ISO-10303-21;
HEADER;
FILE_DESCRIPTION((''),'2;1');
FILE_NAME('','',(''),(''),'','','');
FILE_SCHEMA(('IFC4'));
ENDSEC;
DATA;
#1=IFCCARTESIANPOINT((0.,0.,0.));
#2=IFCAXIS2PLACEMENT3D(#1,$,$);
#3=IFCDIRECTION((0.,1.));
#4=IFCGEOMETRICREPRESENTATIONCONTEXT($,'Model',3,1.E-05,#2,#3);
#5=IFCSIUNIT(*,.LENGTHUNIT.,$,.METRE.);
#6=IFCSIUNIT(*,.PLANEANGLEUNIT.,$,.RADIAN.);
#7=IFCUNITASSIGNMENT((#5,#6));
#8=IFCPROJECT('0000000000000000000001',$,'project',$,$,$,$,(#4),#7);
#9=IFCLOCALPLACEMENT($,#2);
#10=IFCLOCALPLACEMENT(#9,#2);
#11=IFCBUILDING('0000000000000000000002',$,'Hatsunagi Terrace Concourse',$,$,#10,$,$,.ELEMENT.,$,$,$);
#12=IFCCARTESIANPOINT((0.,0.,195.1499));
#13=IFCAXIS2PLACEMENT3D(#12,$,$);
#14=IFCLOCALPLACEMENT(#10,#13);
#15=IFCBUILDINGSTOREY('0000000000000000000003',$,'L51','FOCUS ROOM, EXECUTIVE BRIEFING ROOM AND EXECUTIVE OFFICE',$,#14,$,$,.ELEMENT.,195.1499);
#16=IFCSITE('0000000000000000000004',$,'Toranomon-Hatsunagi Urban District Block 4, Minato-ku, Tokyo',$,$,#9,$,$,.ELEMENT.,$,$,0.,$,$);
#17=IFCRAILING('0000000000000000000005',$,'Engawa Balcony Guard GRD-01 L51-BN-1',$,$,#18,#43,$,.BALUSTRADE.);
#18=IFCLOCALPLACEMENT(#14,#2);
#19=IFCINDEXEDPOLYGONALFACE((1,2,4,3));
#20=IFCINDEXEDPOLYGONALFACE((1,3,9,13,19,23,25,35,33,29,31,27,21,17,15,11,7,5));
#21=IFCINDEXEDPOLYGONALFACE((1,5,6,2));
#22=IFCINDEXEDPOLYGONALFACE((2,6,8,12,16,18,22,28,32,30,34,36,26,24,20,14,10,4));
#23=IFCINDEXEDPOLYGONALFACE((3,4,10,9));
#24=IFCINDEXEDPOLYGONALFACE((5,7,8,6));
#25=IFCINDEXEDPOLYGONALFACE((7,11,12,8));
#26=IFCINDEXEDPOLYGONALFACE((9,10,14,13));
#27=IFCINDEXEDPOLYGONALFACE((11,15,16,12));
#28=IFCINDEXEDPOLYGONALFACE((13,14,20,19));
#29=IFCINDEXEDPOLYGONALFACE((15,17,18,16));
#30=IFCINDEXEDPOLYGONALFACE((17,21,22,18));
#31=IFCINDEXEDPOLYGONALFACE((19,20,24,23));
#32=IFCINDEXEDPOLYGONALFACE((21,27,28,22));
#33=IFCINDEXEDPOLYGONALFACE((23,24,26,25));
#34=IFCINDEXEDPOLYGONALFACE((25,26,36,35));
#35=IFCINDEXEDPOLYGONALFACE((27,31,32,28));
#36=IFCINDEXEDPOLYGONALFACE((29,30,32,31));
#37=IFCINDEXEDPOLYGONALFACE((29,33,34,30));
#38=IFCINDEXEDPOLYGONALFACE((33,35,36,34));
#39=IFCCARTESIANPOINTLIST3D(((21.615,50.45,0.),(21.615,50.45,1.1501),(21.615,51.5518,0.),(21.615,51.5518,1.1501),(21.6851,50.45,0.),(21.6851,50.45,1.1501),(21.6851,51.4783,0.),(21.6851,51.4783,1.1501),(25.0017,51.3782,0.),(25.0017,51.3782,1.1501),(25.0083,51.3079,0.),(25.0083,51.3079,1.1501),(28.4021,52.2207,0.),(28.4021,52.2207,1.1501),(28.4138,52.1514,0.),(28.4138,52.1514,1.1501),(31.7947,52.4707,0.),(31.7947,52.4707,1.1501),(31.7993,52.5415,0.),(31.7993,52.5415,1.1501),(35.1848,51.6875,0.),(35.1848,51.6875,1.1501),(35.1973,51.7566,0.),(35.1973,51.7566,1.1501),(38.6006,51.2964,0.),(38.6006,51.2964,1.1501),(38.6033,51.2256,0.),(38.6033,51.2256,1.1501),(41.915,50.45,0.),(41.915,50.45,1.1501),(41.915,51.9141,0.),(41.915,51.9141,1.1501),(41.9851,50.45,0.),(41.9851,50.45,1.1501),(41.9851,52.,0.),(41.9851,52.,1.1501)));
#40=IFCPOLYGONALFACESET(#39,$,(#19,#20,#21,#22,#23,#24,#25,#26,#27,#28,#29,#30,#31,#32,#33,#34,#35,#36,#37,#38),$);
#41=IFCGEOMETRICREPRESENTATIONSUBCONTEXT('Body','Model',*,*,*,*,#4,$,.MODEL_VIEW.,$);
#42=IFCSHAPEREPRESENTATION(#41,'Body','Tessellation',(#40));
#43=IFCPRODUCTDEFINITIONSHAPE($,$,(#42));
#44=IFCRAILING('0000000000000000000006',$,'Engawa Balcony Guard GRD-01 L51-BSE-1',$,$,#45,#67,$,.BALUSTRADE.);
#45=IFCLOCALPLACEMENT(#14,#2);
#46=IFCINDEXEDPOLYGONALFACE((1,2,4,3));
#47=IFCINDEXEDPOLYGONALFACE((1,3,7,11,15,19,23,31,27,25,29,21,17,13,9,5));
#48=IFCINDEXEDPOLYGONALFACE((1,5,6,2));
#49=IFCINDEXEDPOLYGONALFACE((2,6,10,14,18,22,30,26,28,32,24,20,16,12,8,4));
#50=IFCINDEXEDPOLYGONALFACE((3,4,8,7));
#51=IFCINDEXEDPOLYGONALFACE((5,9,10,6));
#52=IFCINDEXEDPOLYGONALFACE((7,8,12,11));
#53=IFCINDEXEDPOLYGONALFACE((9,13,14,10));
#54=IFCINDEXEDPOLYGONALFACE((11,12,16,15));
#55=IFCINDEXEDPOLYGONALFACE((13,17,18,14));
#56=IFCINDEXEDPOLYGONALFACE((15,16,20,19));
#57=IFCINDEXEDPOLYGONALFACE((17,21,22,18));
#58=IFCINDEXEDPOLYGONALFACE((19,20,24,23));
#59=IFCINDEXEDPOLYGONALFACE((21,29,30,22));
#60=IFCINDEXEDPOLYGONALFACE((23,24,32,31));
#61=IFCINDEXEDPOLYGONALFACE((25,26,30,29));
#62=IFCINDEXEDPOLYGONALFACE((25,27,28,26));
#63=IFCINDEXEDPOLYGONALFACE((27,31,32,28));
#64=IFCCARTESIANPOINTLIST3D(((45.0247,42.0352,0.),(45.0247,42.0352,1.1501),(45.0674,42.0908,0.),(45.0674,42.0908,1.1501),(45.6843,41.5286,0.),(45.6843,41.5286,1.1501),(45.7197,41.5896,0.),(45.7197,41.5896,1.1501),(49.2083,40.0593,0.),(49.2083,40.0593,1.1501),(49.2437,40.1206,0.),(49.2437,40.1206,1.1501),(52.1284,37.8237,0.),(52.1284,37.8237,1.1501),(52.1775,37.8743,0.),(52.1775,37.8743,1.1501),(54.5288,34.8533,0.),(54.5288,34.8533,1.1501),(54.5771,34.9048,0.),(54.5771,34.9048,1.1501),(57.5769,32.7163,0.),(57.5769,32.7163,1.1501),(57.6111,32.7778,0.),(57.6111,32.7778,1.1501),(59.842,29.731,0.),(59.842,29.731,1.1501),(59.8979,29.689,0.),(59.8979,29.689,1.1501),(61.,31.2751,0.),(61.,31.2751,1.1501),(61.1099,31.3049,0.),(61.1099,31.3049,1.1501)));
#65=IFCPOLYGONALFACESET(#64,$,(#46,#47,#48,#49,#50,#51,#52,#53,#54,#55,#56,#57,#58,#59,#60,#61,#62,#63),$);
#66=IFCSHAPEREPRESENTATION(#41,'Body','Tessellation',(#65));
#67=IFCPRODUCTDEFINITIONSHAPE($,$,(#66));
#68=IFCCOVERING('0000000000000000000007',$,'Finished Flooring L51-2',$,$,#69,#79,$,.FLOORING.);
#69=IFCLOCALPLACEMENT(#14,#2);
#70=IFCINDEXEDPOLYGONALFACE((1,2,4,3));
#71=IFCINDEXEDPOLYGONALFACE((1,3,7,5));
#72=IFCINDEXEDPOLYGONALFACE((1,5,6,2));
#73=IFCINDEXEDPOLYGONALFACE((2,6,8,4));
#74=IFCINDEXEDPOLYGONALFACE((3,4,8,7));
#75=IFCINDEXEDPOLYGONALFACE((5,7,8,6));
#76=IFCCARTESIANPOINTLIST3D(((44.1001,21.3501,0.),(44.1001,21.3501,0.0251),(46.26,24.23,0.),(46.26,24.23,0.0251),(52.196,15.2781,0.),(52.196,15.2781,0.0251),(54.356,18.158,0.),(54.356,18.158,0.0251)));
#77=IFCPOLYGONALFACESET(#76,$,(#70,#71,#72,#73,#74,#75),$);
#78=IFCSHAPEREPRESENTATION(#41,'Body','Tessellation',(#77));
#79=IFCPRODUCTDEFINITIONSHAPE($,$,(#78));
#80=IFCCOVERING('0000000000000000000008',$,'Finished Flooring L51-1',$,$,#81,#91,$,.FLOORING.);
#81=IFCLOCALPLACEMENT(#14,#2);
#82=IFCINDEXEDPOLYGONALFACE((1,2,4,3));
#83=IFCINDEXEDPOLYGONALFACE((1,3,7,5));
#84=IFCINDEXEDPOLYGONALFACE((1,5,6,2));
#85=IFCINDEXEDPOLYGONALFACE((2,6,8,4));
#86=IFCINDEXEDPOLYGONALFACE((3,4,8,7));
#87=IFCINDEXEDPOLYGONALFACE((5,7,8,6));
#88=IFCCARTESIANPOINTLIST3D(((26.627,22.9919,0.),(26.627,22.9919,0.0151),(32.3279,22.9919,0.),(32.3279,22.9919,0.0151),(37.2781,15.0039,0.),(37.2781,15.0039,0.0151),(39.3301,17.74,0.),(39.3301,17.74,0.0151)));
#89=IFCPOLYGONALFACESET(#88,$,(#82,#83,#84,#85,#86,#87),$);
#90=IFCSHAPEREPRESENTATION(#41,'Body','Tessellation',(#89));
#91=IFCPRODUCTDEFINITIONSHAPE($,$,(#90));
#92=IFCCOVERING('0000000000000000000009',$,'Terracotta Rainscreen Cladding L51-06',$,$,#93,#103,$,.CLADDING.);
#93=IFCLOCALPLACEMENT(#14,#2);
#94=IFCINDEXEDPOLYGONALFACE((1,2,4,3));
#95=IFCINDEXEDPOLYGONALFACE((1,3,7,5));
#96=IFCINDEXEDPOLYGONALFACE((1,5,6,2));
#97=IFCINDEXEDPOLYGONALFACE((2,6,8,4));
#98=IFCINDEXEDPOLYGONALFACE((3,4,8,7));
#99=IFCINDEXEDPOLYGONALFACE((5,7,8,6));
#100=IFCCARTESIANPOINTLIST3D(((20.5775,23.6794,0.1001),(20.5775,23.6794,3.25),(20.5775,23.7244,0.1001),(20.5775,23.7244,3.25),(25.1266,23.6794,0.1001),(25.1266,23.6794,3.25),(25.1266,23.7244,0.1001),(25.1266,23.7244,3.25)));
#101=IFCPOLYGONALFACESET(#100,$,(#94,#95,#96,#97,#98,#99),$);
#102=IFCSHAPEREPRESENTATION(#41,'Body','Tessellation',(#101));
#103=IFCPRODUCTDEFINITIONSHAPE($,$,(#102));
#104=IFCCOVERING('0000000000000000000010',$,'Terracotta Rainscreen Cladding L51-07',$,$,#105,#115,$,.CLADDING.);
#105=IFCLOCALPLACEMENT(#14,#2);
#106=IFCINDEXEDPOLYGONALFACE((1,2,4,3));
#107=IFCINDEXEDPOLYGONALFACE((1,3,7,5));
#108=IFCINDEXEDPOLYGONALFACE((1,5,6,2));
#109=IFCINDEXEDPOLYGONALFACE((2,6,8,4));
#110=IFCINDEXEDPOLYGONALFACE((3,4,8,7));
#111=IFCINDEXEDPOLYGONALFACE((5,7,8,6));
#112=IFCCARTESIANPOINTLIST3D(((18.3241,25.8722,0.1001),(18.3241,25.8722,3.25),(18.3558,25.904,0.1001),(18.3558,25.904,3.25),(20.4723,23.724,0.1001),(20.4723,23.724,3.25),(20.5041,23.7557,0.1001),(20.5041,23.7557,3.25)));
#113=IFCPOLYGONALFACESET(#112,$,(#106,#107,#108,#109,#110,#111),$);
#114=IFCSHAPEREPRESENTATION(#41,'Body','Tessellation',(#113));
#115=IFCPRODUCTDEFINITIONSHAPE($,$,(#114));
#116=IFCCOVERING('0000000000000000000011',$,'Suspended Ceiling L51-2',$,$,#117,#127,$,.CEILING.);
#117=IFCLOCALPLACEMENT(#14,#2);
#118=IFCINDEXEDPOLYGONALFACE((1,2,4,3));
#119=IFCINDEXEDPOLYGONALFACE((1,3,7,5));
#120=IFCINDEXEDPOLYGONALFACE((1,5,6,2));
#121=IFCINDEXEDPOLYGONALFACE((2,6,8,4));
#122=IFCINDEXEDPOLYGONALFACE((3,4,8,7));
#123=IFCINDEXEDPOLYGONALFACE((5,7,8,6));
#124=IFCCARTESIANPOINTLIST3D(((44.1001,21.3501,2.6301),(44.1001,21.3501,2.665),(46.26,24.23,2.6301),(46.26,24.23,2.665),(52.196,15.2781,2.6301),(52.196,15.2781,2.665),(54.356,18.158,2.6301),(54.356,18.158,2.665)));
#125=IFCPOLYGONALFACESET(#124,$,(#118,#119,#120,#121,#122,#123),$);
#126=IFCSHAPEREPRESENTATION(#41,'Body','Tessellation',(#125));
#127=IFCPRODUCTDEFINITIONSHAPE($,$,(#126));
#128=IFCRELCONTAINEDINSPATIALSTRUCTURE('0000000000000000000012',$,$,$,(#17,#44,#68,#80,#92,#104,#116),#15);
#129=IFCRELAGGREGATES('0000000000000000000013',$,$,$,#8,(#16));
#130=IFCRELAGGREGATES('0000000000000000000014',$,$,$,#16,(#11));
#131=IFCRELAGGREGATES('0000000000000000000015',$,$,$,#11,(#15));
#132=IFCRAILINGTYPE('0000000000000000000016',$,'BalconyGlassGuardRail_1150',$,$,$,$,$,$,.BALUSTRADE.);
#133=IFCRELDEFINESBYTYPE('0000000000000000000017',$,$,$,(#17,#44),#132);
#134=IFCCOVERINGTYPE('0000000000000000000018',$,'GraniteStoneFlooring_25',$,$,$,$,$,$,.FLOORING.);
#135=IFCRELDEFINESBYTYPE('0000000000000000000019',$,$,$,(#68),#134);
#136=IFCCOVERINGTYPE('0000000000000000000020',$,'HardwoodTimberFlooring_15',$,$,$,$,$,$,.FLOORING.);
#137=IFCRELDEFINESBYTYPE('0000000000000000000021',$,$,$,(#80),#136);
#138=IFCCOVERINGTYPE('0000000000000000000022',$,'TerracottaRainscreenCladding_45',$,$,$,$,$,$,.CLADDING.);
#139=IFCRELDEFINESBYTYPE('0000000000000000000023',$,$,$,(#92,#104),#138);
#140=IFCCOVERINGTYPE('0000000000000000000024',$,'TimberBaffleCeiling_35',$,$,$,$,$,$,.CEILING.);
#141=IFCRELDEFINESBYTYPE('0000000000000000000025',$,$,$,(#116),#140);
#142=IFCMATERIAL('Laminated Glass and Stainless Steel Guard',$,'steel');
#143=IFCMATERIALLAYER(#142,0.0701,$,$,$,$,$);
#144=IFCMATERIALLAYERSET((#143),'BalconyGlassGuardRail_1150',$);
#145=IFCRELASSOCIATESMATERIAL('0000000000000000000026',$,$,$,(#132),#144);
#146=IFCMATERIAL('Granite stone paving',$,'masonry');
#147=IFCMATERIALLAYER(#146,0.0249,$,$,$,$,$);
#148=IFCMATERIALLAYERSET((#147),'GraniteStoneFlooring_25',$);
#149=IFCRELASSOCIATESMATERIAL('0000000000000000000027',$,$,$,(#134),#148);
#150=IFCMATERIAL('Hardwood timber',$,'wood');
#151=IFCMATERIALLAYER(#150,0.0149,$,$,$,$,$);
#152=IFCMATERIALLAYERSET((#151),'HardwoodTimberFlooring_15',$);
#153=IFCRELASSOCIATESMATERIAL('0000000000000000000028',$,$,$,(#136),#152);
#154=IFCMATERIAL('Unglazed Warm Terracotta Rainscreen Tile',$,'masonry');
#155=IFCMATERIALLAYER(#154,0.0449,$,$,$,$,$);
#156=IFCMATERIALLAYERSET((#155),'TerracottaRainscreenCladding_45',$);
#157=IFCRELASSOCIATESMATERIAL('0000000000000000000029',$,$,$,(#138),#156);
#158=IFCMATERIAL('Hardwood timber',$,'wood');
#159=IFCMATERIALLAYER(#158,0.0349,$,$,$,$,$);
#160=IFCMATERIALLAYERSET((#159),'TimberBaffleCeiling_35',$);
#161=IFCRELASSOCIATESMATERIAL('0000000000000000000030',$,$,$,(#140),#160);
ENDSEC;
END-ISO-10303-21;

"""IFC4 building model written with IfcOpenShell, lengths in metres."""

from ifc_helpers import new_model, si_unit, direction, frame, origin, origin_2d, place, context, subcontext, project, spatial, polyline, rectangle, outline, extrude, material, layer, layer_set, type_object, element, save


model = new_model("IFC4")

# Units and contexts
model_context = context("Model", 3, precision=1e-05, world=origin(), true_north=direction((0.0, 1.0)))
body_context = subcontext(model_context, "Body", "Model", "MODEL_VIEW")
ifc_project = project(units=[si_unit("LENGTHUNIT", "METRE"), si_unit("PLANEANGLEUNIT", "RADIAN")], contexts=[model_context])

# Site, building, storey
site_placement = place(None, origin())
site = spatial("IfcSite", under=ifc_project, at=site_placement, Name="Toranomon-Hatsunagi Urban District Block 4, Minato-ku, Tokyo", CompositionType="ELEMENT", RefElevation=0.0)
building_placement = place(site_placement, origin())
building = spatial("IfcBuilding", under=site, at=building_placement, Name="Hatsunagi Terrace Concourse", CompositionType="ELEMENT")
storey_placement = place(building_placement, frame((0.0, 0.0, 195.1499)))
storey = spatial("IfcBuildingStorey", under=building, at=storey_placement, Name="L51", Description="FOCUS ROOM, EXECUTIVE BRIEFING ROOM AND EXECUTIVE OFFICE", CompositionType="ELEMENT", Elevation=195.1499)

# Railings
ifc_material_1 = material(Name="Laminated Glass and Stainless Steel Guard", Category="steel")
ifc_layer_1 = layer(ifc_material_1, 0.0701)
ifc_layer_set_1 = layer_set([ifc_layer_1], Name="BalconyGlassGuardRail_1150")
railing_type = type_object("IfcRailingType", Name="BalconyGlassGuardRail_1150", PredefinedType="BALUSTRADE", material=ifc_layer_set_1)
railing_1_placement = place(storey_placement, origin())
element("IfcRailing", 1, at=railing_1_placement, inside=storey, type_object=railing_type, Name="Engawa Balcony Guard GRD-01 L51-BN-1", PredefinedType="BALUSTRADE", context=body_context, shape_type="SweptSolid", body=[
    extrude(outline(polyline([(21.615, 50.45), (21.6851, 50.45), (21.6851, 51.4783), (25.0083, 51.3079), (28.4138, 52.1514), (31.7947, 52.4707), (35.1848, 51.6875), (38.6033, 51.2256), (41.915, 51.9141), (41.915, 50.45), (41.9851, 50.45), (41.9851, 52.0), (38.6006, 51.2964), (35.1973, 51.7566), (31.7993, 52.5415), (28.4021, 52.2207), (25.0017, 51.3782), (21.615, 51.5518), (21.615, 50.45)])), origin(), (0.0, 0.0, 1.0), 1.1501),
])
railing_2_placement = place(storey_placement, origin())
element("IfcRailing", 2, at=railing_2_placement, inside=storey, type_object=railing_type, Name="Engawa Balcony Guard GRD-01 L51-BSE-1", PredefinedType="BALUSTRADE", context=body_context, shape_type="SweptSolid", body=[
    extrude(outline(polyline([(45.0674, 42.0908), (45.0247, 42.0352), (45.6843, 41.5286), (49.2083, 40.0593), (52.1284, 37.8237), (54.5288, 34.8533), (57.5769, 32.7163), (61.0, 31.2751), (59.842, 29.731), (59.8979, 29.689), (61.1099, 31.3049), (57.6111, 32.7778), (54.5771, 34.9048), (52.1775, 37.8743), (49.2437, 40.1206), (45.7197, 41.5896), (45.0674, 42.0908)])), origin(), (0.0, 0.0, 1.0), 1.1501),
])

# Coverings
ifc_material_2 = material(Name="Granite stone paving", Category="masonry")
ifc_layer_2 = layer(ifc_material_2, 0.0249)
ifc_layer_set_2 = layer_set([ifc_layer_2], Name="GraniteStoneFlooring_25")
covering_type_1 = type_object("IfcCoveringType", Name="GraniteStoneFlooring_25", PredefinedType="FLOORING", material=ifc_layer_set_2)
covering_1_placement = place(storey_placement, origin())
element("IfcCovering", 3, at=covering_1_placement, inside=storey, type_object=covering_type_1, Name="Finished Flooring L51-2", PredefinedType="FLOORING", context=body_context, shape_type="SweptSolid", body=[
    extrude(outline(polyline([(54.356, 18.158), (46.26, 24.23), (44.1001, 21.3501), (52.196, 15.2781), (54.356, 18.158)])), origin(), (0.0, 0.0, 1.0), 0.0251),
])
ifc_material_3 = material(Name="Hardwood timber", Category="wood")
ifc_layer_3 = layer(ifc_material_3, 0.0149)
ifc_layer_set_3 = layer_set([ifc_layer_3], Name="HardwoodTimberFlooring_15")
covering_type_2 = type_object("IfcCoveringType", Name="HardwoodTimberFlooring_15", PredefinedType="FLOORING", material=ifc_layer_set_3)
covering_2_placement = place(storey_placement, origin())
element("IfcCovering", 4, at=covering_2_placement, inside=storey, type_object=covering_type_2, Name="Finished Flooring L51-1", PredefinedType="FLOORING", context=body_context, shape_type="SweptSolid", body=[
    extrude(outline(polyline([(26.627, 22.9919), (37.2781, 15.0039), (39.3301, 17.74), (32.3279, 22.9919), (26.627, 22.9919)])), origin(), (0.0, 0.0, 1.0), 0.0151),
])
ifc_material_4 = material(Name="Unglazed Warm Terracotta Rainscreen Tile", Category="masonry")
ifc_layer_4 = layer(ifc_material_4, 0.0449)
ifc_layer_set_4 = layer_set([ifc_layer_4], Name="TerracottaRainscreenCladding_45")
covering_type_3 = type_object("IfcCoveringType", Name="TerracottaRainscreenCladding_45", PredefinedType="CLADDING", material=ifc_layer_set_4)
covering_3_placement = place(storey_placement, frame((22.8521, 23.7019, 0.1001), z_axis=(0.0, 0.0, 1.0), x_axis=(-1.0, 0.0, 0.0)))
element("IfcCovering", 5, at=covering_3_placement, inside=storey, type_object=covering_type_3, Name="Terracotta Rainscreen Cladding L51-06", PredefinedType="CLADDING", context=body_context, shape_type="SweptSolid", body=[
    extrude(rectangle(XDim=4.5491, YDim=0.0449, at=origin_2d()), origin(), (0.0, 0.0, 1.0), 3.1499),
])
covering_4_placement = place(storey_placement, frame((19.4141, 24.814, 0.1001), z_axis=(0.0, 0.0, 1.0), x_axis=(-0.707107, 0.707107, 0.0)))
element("IfcCovering", 6, at=covering_4_placement, inside=storey, type_object=covering_type_3, Name="Terracotta Rainscreen Cladding L51-07", PredefinedType="CLADDING", context=body_context, shape_type="SweptSolid", body=[
    extrude(rectangle(XDim=3.0381, YDim=0.0449, at=origin_2d()), origin(), (0.0, 0.0, 1.0), 3.1499),
])
ifc_material_5 = material(Name="Hardwood timber", Category="wood")
ifc_layer_5 = layer(ifc_material_5, 0.0349)
ifc_layer_set_5 = layer_set([ifc_layer_5], Name="TimberBaffleCeiling_35")
covering_type_4 = type_object("IfcCoveringType", Name="TimberBaffleCeiling_35", PredefinedType="CEILING", material=ifc_layer_set_5)
covering_5_placement = place(storey_placement, frame((0.0, 0.0, 2.6301)))
element("IfcCovering", 7, at=covering_5_placement, inside=storey, type_object=covering_type_4, Name="Suspended Ceiling L51-2", PredefinedType="CEILING", context=body_context, shape_type="SweptSolid", body=[
    extrude(outline(polyline([(54.356, 18.158), (46.26, 24.23), (44.1001, 21.3501), (52.196, 15.2781), (54.356, 18.158)])), origin(), (0.0, 0.0, 1.0), 0.0349),
])

save(model, "model.ifc")
